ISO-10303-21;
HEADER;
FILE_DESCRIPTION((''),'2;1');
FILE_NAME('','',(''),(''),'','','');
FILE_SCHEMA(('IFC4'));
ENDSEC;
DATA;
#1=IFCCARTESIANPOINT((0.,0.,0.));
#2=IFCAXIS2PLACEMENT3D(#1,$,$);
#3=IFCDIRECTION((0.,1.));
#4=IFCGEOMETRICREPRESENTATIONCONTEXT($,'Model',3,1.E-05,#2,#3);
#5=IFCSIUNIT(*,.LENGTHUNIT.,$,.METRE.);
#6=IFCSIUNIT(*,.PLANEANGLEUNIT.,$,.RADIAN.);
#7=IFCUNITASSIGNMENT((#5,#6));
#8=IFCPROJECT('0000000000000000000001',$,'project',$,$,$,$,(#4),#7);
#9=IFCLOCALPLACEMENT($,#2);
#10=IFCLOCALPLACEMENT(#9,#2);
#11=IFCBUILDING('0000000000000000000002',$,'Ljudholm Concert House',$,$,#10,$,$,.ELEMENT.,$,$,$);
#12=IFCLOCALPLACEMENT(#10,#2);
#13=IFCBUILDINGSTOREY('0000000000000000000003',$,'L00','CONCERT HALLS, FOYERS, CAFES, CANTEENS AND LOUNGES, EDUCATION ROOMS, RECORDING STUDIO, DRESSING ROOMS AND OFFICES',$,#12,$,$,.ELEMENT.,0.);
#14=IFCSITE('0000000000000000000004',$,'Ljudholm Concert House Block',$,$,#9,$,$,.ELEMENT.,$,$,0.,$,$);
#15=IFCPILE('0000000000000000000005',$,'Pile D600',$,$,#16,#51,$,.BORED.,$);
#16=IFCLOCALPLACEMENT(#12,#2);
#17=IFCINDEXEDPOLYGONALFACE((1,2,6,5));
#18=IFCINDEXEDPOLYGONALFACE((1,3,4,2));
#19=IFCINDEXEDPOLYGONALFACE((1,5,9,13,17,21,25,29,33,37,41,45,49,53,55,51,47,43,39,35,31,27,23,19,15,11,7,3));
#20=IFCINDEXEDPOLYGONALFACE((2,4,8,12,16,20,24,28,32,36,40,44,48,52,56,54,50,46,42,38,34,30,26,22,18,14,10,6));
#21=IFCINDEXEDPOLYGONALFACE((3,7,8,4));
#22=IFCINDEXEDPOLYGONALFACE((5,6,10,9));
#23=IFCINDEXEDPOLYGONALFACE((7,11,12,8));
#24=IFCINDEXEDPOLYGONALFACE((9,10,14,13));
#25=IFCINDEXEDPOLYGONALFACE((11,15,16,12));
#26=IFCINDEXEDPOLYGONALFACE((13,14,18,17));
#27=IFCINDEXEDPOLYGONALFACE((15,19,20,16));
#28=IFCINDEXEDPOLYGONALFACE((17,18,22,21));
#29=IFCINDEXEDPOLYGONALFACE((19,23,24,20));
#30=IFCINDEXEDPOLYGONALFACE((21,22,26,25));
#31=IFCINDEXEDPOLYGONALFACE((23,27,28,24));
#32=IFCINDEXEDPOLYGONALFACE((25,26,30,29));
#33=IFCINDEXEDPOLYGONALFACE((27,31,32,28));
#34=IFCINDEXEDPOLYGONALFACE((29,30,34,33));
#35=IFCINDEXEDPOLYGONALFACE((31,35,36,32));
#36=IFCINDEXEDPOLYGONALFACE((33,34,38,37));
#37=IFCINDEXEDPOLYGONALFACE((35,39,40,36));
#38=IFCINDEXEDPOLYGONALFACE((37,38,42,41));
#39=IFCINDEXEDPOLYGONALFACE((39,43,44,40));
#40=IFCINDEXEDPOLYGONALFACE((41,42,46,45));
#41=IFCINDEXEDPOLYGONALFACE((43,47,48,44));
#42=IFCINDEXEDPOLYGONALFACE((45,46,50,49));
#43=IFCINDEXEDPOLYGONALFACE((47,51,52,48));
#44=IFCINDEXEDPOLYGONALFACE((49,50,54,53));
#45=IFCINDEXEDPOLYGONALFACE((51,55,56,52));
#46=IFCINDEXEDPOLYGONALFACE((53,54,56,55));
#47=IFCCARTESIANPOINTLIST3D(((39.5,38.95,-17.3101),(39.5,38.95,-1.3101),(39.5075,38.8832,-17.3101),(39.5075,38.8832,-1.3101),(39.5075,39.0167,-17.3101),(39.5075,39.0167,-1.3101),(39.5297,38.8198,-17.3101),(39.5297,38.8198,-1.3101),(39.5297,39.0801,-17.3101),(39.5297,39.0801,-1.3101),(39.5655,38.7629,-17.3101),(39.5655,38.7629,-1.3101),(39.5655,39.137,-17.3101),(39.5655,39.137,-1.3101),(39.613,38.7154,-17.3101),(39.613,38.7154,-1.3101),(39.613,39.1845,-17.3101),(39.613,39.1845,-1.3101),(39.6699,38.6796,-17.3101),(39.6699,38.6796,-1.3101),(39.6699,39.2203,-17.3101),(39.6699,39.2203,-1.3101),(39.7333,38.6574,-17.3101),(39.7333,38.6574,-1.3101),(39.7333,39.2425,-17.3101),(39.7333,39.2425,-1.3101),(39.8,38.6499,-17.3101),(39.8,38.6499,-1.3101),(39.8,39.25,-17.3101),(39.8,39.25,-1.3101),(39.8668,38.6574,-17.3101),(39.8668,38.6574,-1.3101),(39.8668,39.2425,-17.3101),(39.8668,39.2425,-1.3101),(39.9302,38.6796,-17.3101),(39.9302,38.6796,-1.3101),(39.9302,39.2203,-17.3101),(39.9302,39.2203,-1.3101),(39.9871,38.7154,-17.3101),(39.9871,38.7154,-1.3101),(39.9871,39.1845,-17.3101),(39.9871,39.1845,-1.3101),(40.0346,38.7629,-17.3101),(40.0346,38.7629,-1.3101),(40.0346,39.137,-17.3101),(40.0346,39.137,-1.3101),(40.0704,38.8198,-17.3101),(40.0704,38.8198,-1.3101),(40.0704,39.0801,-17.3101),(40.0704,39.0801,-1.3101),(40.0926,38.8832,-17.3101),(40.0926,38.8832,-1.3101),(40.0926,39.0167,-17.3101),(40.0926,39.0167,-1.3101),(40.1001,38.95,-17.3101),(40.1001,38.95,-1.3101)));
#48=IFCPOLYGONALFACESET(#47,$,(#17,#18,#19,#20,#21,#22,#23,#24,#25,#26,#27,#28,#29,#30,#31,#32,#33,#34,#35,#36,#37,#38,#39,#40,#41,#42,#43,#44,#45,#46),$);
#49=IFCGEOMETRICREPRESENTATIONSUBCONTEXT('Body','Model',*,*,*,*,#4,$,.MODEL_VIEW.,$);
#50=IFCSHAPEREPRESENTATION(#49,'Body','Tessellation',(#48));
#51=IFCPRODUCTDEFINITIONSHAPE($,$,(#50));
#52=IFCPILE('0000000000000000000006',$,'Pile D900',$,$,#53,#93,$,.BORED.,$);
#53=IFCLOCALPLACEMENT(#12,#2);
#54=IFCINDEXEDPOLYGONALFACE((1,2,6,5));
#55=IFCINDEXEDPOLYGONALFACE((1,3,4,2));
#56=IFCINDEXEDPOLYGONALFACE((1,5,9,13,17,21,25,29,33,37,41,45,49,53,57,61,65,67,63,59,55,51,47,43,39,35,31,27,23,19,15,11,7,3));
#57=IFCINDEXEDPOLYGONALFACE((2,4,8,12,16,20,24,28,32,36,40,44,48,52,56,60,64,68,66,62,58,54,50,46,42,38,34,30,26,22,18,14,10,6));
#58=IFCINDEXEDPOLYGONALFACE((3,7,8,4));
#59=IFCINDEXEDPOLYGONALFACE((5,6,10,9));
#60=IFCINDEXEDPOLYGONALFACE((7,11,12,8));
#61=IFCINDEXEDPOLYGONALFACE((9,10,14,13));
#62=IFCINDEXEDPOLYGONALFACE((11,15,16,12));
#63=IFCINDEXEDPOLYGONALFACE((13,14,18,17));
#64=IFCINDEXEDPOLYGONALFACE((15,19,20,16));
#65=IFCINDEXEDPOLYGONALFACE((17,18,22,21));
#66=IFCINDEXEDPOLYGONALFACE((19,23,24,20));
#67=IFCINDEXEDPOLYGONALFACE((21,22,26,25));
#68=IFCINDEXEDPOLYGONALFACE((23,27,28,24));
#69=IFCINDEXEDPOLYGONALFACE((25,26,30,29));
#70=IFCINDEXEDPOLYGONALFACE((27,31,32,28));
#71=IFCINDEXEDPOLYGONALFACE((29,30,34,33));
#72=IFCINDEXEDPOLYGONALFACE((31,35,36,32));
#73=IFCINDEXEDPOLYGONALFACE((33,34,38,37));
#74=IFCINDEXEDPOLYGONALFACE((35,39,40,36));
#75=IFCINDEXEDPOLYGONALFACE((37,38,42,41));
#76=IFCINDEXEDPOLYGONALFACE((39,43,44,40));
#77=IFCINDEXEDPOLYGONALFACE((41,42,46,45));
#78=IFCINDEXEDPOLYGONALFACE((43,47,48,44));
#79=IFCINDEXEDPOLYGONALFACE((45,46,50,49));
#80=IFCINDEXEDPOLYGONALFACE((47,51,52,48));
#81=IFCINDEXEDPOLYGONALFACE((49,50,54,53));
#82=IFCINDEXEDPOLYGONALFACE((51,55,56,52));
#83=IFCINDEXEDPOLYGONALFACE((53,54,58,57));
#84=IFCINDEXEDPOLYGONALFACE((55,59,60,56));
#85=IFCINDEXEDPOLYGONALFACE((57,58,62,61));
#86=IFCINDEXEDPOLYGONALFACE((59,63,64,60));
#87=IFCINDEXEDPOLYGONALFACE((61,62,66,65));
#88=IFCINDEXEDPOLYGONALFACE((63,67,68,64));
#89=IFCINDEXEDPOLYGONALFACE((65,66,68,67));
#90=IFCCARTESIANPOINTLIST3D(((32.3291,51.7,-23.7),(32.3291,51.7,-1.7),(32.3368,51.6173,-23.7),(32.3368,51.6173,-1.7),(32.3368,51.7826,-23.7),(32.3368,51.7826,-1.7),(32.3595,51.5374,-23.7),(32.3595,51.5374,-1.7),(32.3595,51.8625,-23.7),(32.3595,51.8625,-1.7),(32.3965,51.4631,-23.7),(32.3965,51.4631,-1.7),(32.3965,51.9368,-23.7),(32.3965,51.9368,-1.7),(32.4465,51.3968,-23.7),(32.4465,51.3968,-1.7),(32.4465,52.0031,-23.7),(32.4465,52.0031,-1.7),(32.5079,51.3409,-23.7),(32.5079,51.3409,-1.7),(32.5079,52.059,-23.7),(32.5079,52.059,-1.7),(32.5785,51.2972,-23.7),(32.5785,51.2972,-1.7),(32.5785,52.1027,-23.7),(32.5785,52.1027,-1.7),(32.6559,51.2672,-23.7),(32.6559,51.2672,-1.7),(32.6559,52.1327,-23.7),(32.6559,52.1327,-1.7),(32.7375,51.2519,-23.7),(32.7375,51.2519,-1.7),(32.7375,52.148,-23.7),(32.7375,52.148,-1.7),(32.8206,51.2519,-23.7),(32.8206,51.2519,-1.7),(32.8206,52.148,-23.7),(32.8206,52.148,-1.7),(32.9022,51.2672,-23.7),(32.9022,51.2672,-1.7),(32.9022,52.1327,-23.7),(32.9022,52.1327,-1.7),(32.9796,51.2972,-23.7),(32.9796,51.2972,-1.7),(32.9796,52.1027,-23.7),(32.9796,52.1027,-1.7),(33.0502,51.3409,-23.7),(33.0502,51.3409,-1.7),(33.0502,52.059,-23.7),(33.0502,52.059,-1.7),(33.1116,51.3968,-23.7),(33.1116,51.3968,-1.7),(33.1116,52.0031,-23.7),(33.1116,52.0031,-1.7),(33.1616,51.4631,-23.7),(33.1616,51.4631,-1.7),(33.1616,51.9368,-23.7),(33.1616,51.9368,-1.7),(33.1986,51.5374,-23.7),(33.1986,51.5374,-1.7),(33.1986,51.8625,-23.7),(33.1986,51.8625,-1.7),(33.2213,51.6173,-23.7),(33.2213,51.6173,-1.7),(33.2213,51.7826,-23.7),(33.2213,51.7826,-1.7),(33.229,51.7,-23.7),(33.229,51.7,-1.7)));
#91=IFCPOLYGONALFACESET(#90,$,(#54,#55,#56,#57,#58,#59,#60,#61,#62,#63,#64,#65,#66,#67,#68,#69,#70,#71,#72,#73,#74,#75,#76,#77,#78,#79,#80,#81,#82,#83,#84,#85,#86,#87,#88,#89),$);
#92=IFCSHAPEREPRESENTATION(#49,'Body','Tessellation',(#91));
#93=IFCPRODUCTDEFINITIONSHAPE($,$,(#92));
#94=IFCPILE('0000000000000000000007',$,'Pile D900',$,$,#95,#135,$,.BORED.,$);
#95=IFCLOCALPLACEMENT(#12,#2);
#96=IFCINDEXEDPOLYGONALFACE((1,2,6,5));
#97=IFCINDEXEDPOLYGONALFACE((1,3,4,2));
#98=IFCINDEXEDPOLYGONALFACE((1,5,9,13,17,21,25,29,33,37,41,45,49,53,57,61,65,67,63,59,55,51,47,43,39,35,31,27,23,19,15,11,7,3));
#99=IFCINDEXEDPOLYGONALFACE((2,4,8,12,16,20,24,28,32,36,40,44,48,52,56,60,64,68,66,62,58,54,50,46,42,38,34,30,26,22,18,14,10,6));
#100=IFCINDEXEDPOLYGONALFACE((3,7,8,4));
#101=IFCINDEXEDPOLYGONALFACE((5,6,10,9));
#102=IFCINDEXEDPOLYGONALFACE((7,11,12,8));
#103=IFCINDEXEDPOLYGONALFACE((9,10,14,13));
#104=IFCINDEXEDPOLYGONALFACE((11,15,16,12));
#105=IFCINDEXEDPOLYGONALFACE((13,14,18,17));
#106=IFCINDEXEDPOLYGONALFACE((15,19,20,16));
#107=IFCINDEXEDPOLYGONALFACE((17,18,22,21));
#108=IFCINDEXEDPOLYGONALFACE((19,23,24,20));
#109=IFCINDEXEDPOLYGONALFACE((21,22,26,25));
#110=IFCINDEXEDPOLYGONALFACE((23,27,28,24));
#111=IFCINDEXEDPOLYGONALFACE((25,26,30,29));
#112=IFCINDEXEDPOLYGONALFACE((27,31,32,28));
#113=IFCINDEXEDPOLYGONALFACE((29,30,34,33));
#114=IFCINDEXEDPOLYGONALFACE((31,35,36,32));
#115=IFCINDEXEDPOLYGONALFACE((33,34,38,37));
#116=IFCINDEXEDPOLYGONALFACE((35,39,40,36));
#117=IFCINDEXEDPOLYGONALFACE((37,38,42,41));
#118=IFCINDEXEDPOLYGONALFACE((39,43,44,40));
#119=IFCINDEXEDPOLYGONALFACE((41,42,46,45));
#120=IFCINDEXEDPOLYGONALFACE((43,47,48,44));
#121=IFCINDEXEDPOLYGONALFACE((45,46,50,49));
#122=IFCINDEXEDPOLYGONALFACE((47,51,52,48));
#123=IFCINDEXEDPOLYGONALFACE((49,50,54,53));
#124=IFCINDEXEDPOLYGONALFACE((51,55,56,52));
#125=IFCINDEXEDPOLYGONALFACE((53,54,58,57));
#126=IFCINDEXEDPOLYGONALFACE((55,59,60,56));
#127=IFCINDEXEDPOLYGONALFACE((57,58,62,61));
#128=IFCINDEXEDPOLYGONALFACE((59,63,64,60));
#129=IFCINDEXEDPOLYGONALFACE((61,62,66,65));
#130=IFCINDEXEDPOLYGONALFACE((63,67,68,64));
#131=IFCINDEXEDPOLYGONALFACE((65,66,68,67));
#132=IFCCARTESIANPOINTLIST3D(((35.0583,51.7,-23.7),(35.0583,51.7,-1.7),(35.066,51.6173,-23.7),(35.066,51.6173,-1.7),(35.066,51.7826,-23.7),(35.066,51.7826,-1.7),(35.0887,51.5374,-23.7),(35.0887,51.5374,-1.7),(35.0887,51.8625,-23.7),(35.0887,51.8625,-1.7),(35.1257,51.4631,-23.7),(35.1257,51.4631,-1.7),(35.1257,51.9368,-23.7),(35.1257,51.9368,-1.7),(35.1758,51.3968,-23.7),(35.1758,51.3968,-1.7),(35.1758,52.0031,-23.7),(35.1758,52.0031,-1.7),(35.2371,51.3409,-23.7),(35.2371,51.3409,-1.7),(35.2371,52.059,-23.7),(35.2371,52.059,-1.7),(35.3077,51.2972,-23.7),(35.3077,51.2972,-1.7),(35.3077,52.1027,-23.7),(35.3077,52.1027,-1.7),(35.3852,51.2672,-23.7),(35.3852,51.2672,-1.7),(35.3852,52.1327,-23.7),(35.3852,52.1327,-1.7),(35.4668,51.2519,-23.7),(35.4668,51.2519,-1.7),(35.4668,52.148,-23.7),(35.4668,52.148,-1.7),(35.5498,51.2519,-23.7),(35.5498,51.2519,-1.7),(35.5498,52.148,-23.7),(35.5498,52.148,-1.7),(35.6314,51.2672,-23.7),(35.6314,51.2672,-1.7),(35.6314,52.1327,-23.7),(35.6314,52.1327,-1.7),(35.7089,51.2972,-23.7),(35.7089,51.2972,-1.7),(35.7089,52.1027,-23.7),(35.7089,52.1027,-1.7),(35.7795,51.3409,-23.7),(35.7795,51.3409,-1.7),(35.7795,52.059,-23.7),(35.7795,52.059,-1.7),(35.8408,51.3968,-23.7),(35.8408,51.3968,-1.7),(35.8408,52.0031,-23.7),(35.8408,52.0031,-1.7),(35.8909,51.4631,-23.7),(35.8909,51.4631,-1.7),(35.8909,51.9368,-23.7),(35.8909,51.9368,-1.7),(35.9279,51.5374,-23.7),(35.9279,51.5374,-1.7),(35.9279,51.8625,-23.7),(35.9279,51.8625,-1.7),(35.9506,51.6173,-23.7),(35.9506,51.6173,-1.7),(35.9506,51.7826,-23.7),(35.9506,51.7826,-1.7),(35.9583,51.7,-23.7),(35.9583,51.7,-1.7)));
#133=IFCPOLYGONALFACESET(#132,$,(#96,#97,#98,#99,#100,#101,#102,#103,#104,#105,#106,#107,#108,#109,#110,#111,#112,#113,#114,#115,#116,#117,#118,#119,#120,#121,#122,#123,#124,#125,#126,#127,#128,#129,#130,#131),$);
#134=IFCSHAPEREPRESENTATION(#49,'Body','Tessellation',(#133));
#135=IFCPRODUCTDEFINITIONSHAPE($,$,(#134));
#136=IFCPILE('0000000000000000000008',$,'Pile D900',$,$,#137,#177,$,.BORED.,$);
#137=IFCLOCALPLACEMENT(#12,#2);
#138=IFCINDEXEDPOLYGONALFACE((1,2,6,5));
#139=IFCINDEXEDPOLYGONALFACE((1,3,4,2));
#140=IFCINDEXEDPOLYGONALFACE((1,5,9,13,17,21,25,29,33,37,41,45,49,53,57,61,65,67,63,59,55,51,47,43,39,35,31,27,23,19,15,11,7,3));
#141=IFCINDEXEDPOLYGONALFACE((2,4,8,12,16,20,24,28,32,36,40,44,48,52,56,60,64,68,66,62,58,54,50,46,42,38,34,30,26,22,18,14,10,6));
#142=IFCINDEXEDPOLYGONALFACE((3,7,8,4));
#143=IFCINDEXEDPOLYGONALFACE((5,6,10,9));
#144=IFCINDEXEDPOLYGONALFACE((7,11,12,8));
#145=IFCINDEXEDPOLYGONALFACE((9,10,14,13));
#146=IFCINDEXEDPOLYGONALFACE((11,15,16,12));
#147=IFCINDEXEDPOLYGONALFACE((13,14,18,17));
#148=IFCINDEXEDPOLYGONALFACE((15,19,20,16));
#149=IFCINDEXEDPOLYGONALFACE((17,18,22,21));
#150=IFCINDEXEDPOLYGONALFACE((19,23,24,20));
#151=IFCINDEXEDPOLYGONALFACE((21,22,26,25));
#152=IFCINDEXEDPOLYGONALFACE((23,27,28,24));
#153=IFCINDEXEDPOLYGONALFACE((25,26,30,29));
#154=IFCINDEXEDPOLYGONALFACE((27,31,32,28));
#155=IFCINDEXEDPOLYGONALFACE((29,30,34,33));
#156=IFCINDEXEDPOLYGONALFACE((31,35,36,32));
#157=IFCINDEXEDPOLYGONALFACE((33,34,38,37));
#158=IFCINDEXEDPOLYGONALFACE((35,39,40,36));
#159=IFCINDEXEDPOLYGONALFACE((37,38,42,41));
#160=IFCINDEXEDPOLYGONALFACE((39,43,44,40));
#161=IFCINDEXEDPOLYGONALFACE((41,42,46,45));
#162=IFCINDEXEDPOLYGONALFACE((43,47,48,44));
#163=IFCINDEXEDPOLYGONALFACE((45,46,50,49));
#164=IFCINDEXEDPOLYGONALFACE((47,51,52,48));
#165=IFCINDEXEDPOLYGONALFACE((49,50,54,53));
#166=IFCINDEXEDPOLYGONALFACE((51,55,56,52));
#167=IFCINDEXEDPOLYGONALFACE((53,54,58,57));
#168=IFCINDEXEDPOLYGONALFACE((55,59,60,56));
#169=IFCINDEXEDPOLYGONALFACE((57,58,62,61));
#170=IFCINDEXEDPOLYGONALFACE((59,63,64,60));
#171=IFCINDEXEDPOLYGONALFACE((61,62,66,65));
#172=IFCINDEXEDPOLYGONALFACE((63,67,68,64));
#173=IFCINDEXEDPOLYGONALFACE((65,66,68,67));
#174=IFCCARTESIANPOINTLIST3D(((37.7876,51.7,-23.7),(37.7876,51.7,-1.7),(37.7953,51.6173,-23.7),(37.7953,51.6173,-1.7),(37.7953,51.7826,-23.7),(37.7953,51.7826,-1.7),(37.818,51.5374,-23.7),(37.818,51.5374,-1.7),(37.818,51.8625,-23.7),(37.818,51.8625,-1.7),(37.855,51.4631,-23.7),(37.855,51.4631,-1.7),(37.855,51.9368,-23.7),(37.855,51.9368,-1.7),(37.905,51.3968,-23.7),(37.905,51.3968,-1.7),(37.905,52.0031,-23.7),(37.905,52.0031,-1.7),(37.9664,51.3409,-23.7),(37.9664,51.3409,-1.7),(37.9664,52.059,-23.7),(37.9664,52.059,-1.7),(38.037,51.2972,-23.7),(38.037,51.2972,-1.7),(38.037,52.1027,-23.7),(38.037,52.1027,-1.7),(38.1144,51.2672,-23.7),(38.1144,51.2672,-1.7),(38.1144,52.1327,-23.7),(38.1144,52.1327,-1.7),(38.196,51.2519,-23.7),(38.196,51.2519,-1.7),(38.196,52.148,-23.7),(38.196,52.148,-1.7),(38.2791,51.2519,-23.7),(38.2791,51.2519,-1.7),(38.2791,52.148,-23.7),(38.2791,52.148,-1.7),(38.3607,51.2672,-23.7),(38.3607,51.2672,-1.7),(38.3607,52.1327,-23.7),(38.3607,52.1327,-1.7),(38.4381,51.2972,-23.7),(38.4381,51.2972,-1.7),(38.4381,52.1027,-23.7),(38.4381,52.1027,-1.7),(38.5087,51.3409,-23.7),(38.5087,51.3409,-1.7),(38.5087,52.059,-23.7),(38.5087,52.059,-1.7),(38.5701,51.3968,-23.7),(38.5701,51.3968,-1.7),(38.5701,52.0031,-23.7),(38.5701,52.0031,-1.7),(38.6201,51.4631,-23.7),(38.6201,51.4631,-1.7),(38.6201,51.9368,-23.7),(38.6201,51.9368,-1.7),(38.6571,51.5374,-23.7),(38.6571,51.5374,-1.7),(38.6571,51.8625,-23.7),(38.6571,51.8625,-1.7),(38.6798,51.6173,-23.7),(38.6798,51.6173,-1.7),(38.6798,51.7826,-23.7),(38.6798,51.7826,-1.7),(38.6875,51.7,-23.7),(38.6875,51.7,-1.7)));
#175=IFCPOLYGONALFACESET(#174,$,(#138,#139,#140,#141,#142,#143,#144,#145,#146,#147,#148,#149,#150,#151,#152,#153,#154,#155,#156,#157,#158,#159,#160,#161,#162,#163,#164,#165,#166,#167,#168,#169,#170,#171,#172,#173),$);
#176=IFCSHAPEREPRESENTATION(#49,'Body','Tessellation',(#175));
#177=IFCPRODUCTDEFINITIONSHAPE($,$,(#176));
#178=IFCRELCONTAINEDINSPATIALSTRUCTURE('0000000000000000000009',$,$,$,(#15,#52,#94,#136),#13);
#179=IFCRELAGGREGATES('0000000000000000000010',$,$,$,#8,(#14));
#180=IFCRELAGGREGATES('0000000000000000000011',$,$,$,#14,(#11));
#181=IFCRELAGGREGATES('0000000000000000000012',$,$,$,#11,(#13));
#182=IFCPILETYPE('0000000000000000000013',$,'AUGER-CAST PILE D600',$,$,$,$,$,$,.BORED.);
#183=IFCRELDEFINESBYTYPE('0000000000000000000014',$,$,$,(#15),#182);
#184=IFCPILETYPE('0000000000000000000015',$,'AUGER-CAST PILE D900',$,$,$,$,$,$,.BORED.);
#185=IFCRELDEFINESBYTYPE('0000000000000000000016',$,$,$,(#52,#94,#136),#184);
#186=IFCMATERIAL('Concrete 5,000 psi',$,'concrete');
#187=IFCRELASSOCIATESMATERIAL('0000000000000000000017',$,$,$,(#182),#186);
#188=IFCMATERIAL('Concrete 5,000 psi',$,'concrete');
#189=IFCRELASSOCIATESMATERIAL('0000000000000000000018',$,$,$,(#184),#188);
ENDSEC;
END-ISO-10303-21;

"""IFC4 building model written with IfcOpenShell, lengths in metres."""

from ifc_helpers import new_model, si_unit, direction, frame, origin, origin_2d, place, context, subcontext, project, spatial, circle, extrude, material, material_profile, profile_set, type_object, element, save


model = new_model("IFC4")

# Units and contexts
model_context = context("Model", 3, precision=1e-05, world=origin(), true_north=direction((0.0, 1.0)))
body_context = subcontext(model_context, "Body", "Model", "MODEL_VIEW")
ifc_project = project(units=[si_unit("LENGTHUNIT", "METRE"), si_unit("PLANEANGLEUNIT", "RADIAN")], contexts=[model_context])

# Site, building, storey
site_placement = place(None, origin())
site = spatial("IfcSite", under=ifc_project, at=site_placement, Name="Ljudholm Concert House Block", CompositionType="ELEMENT", RefElevation=0.0)
building_placement = place(site_placement, origin())
building = spatial("IfcBuilding", under=site, at=building_placement, Name="Ljudholm Concert House", CompositionType="ELEMENT")
storey_placement = place(building_placement, origin())
storey = spatial("IfcBuildingStorey", under=building, at=storey_placement, Name="L00", Description="CONCERT HALLS, FOYERS, CAFES, CANTEENS AND LOUNGES, EDUCATION ROOMS, RECORDING STUDIO, DRESSING ROOMS AND OFFICES", CompositionType="ELEMENT", Elevation=0.0)

# Piles
ifc_material_1 = material(Name="Concrete 5,000 psi", Category="concrete")
ifc_material_profile_1 = material_profile(ifc_material_1, circle(Radius=0.3, at=origin_2d()), Name="AUGER-CAST PILE D600")
ifc_profile_set_1 = profile_set([ifc_material_profile_1], Name="Concrete 5,000 psi")
pile_type_1 = type_object("IfcPileType", Name="AUGER-CAST PILE D600", PredefinedType="BORED", material=ifc_profile_set_1)
for number, where, z_axis, x_axis, name in (
    (1, (39.8, 38.95, -1.3101), (0.0, 0.0, -1.0), (1.0, 0.0, 0.0), "Pile D600"),
):
    element("IfcPile", number, at=place(storey_placement, frame(where, z_axis=z_axis, x_axis=x_axis)), inside=storey, type_object=pile_type_1, Name=name, PredefinedType="BORED", context=body_context, shape_type="SweptSolid", body=[
        extrude(circle(Radius=0.3, at=origin_2d()), origin(), (0.0, 0.0, 1.0), 16.0),
    ])
ifc_material_2 = material(Name="Concrete 5,000 psi", Category="concrete")
ifc_material_profile_2 = material_profile(ifc_material_2, circle(Radius=0.45, at=origin_2d()), Name="AUGER-CAST PILE D900")
ifc_profile_set_2 = profile_set([ifc_material_profile_2], Name="Concrete 5,000 psi")
pile_type_2 = type_object("IfcPileType", Name="AUGER-CAST PILE D900", PredefinedType="BORED", material=ifc_profile_set_2)
for number, where, z_axis, x_axis, name in (
    (2, (32.7791, 51.7, -1.7), (0.0, 0.0, -1.0), (1.0, 0.0, 0.0), "Pile D900"),
    (3, (35.5083, 51.7, -1.7), (0.0, 0.0, -1.0), (1.0, 0.0, 0.0), "Pile D900"),
    (4, (38.2375, 51.7, -1.7), (0.0, 0.0, -1.0), (1.0, 0.0, 0.0), "Pile D900"),
):
    element("IfcPile", number, at=place(storey_placement, frame(where, z_axis=z_axis, x_axis=x_axis)), inside=storey, type_object=pile_type_2, Name=name, PredefinedType="BORED", context=body_context, shape_type="SweptSolid", body=[
        extrude(circle(Radius=0.45, at=origin_2d()), origin(), (0.0, 0.0, 1.0), 22.0),
    ])

save(model, "model.ifc")
